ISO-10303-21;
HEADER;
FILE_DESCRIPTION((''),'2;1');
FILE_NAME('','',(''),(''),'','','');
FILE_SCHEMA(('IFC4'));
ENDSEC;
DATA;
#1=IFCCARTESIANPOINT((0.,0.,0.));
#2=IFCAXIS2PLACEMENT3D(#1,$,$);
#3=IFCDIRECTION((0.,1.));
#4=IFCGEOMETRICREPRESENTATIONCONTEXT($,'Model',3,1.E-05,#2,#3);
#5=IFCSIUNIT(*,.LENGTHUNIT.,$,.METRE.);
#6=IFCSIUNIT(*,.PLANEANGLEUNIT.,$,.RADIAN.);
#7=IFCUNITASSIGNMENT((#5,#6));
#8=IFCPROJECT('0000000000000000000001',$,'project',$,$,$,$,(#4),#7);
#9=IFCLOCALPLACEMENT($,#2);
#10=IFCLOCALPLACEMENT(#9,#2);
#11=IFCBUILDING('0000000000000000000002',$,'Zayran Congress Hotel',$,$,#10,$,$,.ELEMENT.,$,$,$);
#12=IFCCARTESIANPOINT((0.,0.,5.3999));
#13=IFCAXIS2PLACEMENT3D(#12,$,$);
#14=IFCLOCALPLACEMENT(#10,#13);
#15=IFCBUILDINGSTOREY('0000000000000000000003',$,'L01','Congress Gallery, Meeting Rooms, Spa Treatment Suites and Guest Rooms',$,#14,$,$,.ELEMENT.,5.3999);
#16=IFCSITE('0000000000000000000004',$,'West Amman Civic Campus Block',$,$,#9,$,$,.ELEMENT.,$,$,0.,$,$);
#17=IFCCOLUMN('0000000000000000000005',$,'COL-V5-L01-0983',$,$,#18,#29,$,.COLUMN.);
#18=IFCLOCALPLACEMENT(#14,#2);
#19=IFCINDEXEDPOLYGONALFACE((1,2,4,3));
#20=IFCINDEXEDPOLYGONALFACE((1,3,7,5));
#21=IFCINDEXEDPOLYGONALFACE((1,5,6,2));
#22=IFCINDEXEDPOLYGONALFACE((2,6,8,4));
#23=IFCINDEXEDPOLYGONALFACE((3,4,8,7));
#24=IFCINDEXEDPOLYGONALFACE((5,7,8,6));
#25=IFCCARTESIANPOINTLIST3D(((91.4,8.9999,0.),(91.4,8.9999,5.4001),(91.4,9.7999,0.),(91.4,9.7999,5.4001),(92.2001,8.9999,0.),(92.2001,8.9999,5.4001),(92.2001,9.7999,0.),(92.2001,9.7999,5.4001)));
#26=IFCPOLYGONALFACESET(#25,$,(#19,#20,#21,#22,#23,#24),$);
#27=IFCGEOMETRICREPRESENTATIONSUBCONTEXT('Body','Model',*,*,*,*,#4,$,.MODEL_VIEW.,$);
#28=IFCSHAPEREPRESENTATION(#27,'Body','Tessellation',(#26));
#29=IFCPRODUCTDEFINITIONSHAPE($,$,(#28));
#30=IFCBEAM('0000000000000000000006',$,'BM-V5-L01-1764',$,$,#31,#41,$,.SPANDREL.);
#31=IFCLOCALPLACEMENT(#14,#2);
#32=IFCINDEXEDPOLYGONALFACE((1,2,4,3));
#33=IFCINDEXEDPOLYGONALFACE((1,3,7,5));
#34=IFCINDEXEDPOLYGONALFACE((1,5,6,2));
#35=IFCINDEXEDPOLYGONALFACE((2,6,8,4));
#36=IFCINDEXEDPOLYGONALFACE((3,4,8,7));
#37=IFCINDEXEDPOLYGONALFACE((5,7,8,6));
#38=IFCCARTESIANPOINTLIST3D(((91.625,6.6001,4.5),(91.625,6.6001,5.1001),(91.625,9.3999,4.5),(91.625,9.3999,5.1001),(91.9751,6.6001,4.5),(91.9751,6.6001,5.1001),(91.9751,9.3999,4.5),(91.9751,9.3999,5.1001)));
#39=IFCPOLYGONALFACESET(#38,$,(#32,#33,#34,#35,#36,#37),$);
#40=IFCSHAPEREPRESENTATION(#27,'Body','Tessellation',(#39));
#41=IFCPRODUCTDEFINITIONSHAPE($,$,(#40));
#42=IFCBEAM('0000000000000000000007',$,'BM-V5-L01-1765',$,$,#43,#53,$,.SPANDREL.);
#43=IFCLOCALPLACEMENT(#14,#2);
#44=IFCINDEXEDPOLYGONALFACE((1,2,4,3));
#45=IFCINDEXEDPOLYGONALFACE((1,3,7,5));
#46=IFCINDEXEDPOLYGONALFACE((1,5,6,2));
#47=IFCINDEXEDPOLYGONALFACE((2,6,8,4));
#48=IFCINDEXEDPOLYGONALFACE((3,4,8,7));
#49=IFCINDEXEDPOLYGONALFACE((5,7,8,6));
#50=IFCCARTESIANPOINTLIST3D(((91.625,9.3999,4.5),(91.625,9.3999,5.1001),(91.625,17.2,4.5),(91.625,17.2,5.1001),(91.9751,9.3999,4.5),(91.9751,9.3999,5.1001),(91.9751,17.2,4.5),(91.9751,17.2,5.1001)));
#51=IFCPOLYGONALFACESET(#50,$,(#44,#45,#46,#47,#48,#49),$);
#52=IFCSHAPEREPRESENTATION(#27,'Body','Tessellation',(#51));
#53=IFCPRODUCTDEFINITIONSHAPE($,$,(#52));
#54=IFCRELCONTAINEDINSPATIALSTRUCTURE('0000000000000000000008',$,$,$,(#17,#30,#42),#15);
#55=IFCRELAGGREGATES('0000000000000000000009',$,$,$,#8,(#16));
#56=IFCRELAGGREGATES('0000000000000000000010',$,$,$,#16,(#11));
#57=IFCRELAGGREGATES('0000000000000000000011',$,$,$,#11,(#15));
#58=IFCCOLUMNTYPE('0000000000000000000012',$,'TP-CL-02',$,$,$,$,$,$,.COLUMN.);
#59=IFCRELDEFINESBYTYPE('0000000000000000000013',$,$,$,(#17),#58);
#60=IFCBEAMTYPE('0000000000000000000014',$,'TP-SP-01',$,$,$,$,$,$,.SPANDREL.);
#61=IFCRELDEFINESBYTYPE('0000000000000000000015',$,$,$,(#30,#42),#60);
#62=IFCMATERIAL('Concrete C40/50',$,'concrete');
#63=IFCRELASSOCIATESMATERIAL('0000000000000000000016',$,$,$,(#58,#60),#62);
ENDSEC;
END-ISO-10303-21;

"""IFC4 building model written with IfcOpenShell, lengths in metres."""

from ifc_helpers import new_model, si_unit, direction, frame, origin, origin_2d, place, context, subcontext, project, spatial, rectangle, extrude, material, material_profile, profile_set, type_object, element, save


model = new_model("IFC4")

# Units and contexts
model_context = context("Model", 3, precision=1e-05, world=origin(), true_north=direction((0.0, 1.0)))
body_context = subcontext(model_context, "Body", "Model", "MODEL_VIEW")
ifc_project = project(units=[si_unit("LENGTHUNIT", "METRE"), si_unit("PLANEANGLEUNIT", "RADIAN")], contexts=[model_context])

# Site, building, storey
site_placement = place(None, origin())
site = spatial("IfcSite", under=ifc_project, at=site_placement, Name="West Amman Civic Campus Block", CompositionType="ELEMENT", RefElevation=0.0)
building_placement = place(site_placement, origin())
building = spatial("IfcBuilding", under=site, at=building_placement, Name="Zayran Congress Hotel", CompositionType="ELEMENT")
storey_placement = place(building_placement, frame((0.0, 0.0, 5.3999)))
storey = spatial("IfcBuildingStorey", under=building, at=storey_placement, Name="L01", Description="Congress Gallery, Meeting Rooms, Spa Treatment Suites and Guest Rooms", CompositionType="ELEMENT", Elevation=5.3999)

# Column
ifc_material_1 = material(Name="Concrete C40/50", Category="concrete")
ifc_material_profile_1 = material_profile(ifc_material_1, rectangle(XDim=0.8, YDim=0.8, at=origin_2d()), Name="RC 800x800")
ifc_profile_set_1 = profile_set([ifc_material_profile_1], Name="Concrete C40/50")
column_type = type_object("IfcColumnType", Name="TP-CL-02", PredefinedType="COLUMN", material=ifc_profile_set_1)
column_placement = place(storey_placement, frame((91.8, 9.3999, 0.0), z_axis=(0.0, 0.0, 1.0), x_axis=(1.0, 0.0, 0.0)))
element("IfcColumn", 1, at=column_placement, inside=storey, type_object=column_type, Name="COL-V5-L01-0983", PredefinedType="COLUMN", context=body_context, shape_type="SweptSolid", body=[
    extrude(rectangle(XDim=0.8, YDim=0.8, at=origin_2d()), origin(), (0.0, 0.0, 1.0), 5.4001),
])

# Beams
ifc_material_profile_2 = material_profile(ifc_material_1, rectangle(XDim=0.3501, YDim=0.6001, at=origin_2d()), Name="RC 350x600")
ifc_profile_set_2 = profile_set([ifc_material_profile_2], Name="Concrete C40/50")
beam_type = type_object("IfcBeamType", Name="TP-SP-01", PredefinedType="SPANDREL", material=ifc_profile_set_2)
beam_1_placement = place(storey_placement, frame((91.8, 6.6001, 4.8), z_axis=(0.0, 1.0, 0.0), x_axis=(-1.0, 0.0, 0.0)))
element("IfcBeam", 2, at=beam_1_placement, inside=storey, type_object=beam_type, Name="BM-V5-L01-1764", PredefinedType="SPANDREL", context=body_context, shape_type="SweptSolid", body=[
    extrude(rectangle(XDim=0.3501, YDim=0.6001, at=origin_2d()), origin(), (0.0, 0.0, 1.0), 2.7998),
])
beam_2_placement = place(storey_placement, frame((91.8, 9.3999, 4.8), z_axis=(0.0, 1.0, 0.0), x_axis=(-1.0, 0.0, 0.0)))
element("IfcBeam", 3, at=beam_2_placement, inside=storey, type_object=beam_type, Name="BM-V5-L01-1765", PredefinedType="SPANDREL", context=body_context, shape_type="SweptSolid", body=[
    extrude(rectangle(XDim=0.3501, YDim=0.6001, at=origin_2d()), origin(), (0.0, 0.0, 1.0), 7.8),
])

save(model, "model.ifc")
